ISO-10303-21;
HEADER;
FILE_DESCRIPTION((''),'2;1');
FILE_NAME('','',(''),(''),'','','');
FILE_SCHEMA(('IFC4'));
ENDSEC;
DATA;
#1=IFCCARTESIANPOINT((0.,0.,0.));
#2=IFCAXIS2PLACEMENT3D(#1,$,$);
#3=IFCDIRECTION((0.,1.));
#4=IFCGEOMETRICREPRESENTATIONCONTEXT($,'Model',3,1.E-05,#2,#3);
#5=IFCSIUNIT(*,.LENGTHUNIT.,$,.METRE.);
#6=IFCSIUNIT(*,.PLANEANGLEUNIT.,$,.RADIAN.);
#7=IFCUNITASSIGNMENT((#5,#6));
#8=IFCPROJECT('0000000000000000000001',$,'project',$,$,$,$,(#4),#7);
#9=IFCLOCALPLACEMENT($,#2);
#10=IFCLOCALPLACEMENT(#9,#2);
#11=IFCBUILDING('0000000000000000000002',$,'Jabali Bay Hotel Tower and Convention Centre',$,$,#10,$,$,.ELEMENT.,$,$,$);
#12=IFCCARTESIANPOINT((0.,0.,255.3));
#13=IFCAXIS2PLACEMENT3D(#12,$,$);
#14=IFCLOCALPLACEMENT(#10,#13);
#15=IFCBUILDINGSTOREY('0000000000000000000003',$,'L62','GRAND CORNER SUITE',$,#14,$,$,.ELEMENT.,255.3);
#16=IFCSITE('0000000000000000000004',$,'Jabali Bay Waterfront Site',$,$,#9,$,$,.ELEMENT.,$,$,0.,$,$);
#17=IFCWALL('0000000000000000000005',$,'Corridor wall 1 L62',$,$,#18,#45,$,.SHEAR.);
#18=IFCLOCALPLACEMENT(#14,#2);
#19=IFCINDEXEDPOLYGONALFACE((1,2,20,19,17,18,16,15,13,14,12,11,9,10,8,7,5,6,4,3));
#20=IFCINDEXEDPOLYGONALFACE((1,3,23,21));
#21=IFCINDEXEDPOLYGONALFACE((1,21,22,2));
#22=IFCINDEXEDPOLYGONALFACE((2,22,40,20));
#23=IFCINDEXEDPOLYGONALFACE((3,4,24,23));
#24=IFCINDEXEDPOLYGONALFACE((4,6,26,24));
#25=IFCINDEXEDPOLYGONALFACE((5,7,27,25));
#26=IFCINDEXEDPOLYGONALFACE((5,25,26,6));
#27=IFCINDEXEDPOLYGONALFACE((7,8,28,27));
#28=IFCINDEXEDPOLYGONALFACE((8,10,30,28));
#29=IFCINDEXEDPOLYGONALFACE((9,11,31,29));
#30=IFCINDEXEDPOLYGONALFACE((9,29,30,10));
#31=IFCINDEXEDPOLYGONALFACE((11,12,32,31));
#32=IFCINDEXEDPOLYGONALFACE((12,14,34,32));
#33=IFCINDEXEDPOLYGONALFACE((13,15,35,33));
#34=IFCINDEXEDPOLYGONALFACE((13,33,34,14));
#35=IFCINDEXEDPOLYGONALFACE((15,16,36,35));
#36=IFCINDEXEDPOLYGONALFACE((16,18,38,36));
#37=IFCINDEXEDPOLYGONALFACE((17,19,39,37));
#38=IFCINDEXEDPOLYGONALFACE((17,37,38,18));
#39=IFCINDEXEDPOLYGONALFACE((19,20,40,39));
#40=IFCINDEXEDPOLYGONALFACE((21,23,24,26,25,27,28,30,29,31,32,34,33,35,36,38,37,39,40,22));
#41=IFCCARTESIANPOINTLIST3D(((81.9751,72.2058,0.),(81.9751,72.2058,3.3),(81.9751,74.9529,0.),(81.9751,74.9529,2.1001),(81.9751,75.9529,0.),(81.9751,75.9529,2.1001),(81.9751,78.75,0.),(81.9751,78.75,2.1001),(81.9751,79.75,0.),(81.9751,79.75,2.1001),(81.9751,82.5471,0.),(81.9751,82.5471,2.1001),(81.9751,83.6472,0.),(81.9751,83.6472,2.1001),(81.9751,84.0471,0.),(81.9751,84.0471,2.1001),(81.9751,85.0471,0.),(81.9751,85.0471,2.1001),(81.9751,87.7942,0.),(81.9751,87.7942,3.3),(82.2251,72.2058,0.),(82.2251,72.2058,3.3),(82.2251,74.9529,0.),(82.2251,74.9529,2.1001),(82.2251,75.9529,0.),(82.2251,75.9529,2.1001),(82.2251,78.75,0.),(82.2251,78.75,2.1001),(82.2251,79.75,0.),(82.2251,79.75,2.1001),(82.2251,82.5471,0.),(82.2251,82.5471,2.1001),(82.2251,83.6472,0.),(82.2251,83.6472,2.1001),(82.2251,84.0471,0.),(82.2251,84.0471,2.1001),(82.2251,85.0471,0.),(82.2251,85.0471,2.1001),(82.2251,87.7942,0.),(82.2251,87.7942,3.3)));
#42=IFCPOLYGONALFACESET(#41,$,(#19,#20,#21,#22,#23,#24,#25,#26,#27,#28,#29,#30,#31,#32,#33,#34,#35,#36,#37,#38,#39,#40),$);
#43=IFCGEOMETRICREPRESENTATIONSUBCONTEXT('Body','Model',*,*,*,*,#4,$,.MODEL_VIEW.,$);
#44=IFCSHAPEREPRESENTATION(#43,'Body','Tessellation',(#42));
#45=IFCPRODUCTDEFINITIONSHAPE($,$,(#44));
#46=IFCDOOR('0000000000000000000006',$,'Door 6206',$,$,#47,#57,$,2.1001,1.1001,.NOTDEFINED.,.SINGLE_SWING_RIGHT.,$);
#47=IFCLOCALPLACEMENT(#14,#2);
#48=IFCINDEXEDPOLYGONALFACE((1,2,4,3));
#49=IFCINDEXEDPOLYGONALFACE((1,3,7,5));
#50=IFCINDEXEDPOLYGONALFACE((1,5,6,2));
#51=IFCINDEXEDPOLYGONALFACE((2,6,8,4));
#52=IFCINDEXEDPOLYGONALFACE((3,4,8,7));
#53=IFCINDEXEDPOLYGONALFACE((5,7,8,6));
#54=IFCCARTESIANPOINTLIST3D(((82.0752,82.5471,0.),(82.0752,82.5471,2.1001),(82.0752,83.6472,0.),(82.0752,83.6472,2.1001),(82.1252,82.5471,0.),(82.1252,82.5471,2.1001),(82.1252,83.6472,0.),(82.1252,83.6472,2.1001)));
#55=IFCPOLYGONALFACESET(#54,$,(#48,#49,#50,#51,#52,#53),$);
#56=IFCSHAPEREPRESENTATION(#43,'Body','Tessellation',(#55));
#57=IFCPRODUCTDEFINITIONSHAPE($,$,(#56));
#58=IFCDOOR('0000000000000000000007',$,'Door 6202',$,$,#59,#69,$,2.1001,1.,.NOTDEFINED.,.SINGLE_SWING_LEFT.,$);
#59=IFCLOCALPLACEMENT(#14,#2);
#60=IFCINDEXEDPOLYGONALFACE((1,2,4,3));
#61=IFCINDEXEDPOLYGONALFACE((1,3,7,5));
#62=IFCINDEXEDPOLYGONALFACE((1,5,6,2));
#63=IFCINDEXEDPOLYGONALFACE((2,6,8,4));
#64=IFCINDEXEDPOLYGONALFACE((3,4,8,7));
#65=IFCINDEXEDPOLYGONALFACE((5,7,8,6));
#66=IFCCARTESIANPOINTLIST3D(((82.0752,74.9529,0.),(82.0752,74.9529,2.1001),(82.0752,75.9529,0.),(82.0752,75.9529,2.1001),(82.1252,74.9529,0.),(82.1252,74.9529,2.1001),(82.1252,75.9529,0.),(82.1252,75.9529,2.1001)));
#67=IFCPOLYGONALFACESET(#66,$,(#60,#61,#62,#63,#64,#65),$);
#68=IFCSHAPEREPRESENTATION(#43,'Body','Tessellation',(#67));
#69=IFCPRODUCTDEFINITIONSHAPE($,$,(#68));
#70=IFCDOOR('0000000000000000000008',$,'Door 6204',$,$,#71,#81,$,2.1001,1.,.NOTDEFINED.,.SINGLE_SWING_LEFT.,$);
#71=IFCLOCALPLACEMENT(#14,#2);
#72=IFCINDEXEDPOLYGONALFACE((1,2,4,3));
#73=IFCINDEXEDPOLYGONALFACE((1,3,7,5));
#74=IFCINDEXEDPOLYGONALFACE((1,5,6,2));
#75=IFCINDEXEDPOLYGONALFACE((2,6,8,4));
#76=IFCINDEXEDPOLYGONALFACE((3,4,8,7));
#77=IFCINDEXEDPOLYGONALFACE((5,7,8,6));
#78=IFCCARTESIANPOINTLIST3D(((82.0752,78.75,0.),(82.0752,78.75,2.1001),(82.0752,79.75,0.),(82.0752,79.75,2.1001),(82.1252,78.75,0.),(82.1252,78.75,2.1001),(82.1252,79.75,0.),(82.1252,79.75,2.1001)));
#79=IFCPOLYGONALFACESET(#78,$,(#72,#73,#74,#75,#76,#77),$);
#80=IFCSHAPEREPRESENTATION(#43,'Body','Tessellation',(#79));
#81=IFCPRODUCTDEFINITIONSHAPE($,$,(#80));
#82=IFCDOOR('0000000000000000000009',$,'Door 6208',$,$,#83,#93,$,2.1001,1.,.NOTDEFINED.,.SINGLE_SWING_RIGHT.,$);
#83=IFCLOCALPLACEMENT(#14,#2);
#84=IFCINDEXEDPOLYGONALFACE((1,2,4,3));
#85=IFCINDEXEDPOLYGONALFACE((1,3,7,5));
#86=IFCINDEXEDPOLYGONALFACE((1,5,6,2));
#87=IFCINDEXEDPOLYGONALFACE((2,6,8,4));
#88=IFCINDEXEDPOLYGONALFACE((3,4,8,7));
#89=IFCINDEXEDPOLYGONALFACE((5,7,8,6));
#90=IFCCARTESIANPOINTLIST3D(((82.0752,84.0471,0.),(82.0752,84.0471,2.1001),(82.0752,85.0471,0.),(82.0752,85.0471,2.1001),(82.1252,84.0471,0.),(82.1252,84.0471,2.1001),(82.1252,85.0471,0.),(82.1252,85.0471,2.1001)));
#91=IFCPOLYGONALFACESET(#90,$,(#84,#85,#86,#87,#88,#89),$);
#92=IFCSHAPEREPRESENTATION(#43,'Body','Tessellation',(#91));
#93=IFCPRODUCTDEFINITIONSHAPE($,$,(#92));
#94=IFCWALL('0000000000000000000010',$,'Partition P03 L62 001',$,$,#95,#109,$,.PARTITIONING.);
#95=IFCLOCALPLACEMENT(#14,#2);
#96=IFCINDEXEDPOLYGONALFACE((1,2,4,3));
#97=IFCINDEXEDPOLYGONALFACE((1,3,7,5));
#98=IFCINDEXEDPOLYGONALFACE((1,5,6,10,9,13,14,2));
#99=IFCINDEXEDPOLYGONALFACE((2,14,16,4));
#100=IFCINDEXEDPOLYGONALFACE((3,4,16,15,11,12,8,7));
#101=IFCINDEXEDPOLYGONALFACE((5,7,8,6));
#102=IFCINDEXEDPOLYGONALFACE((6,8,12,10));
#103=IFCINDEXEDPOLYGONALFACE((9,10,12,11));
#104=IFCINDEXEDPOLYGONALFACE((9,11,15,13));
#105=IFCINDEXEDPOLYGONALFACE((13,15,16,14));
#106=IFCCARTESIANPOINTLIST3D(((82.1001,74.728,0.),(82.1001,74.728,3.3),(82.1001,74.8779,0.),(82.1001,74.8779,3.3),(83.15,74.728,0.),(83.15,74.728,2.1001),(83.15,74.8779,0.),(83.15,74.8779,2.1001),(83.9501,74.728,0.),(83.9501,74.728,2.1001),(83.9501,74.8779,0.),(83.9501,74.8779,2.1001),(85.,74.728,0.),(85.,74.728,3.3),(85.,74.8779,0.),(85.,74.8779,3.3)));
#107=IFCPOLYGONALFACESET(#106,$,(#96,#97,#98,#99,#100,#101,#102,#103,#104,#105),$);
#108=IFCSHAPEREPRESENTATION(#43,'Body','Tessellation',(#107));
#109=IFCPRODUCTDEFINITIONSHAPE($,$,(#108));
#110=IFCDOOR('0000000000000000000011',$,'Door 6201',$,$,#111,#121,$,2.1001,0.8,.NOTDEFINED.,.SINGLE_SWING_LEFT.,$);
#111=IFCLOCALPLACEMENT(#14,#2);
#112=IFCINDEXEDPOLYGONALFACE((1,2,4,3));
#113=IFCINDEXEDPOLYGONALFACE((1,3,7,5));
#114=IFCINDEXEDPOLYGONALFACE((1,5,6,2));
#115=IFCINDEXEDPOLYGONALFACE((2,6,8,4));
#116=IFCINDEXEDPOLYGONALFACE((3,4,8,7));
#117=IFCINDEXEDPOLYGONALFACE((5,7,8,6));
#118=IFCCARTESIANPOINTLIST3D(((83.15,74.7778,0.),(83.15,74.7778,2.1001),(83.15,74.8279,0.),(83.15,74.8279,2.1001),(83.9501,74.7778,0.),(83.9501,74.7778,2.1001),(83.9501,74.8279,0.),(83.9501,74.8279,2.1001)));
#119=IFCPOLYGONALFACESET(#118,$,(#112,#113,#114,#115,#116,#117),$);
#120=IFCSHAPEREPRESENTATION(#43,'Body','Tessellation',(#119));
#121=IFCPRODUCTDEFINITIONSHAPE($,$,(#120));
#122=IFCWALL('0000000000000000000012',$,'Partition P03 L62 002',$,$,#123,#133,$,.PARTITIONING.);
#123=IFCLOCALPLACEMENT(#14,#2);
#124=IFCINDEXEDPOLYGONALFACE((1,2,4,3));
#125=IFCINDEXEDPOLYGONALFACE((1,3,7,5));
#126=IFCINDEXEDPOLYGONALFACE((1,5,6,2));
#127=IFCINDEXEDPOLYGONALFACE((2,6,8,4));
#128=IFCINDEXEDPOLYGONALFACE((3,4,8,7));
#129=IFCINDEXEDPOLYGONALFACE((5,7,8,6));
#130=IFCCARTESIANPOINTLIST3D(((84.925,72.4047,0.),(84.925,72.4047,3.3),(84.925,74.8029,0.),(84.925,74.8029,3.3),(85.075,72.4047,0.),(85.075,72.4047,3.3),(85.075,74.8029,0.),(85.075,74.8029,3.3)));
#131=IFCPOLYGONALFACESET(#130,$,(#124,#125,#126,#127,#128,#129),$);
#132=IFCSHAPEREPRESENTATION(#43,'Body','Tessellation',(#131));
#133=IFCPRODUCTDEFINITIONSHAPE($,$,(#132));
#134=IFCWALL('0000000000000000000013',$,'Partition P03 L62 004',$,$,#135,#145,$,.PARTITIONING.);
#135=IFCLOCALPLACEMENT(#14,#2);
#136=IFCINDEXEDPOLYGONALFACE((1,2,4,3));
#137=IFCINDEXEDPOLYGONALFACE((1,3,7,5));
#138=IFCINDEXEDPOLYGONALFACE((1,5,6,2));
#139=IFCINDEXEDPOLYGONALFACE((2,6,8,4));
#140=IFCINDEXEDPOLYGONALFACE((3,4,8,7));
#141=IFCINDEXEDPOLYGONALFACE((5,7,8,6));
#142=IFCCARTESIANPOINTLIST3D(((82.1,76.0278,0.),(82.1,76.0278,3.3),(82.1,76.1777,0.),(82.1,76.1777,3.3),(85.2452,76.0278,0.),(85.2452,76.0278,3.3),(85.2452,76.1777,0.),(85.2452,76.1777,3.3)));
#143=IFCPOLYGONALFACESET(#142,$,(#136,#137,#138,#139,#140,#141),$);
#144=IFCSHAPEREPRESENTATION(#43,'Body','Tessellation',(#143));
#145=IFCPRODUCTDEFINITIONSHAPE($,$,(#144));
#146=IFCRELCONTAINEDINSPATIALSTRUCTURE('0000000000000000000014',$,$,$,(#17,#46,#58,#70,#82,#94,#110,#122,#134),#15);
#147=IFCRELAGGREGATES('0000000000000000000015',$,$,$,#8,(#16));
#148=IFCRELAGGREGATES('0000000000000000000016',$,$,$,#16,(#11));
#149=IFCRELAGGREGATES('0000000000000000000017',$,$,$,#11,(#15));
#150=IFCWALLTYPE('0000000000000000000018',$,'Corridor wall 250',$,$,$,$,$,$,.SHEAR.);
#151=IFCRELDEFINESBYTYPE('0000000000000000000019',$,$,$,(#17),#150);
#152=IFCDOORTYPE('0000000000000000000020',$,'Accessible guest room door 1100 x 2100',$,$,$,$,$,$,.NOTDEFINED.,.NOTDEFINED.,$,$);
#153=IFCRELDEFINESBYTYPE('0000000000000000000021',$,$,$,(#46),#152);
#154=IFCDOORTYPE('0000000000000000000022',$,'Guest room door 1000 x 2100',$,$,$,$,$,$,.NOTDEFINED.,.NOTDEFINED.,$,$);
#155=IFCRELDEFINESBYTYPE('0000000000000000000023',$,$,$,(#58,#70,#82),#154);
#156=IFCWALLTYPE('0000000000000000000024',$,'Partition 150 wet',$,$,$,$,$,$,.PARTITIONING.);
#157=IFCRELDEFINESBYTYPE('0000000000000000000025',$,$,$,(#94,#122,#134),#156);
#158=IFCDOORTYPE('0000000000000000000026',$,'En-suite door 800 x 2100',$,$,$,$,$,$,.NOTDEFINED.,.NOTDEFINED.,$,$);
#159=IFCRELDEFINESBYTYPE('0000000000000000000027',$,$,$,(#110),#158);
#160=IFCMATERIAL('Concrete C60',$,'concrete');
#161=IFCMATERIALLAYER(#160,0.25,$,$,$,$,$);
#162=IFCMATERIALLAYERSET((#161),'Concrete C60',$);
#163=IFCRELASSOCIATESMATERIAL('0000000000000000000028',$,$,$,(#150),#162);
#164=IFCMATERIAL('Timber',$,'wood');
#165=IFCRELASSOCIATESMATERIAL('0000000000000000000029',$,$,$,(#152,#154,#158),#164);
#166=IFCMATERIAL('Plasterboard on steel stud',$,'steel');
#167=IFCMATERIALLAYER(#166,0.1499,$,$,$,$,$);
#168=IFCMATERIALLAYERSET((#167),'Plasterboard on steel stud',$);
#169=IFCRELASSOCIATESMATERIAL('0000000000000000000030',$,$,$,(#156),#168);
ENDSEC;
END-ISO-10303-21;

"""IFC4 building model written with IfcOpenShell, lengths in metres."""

from ifc_helpers import new_model, si_unit, direction, frame, frame_2d, origin, place, context, subcontext, project, spatial, rectangle, extrude, material, layer, layer_set, type_object, element, fill, save


model = new_model("IFC4")

# Units and contexts
model_context = context("Model", 3, precision=1e-05, world=origin(), true_north=direction((0.0, 1.0)))
body_context = subcontext(model_context, "Body", "Model", "MODEL_VIEW")
ifc_project = project(units=[si_unit("LENGTHUNIT", "METRE"), si_unit("PLANEANGLEUNIT", "RADIAN")], contexts=[model_context])

# Site, building, storey
site_placement = place(None, origin())
site = spatial("IfcSite", under=ifc_project, at=site_placement, Name="Jabali Bay Waterfront Site", CompositionType="ELEMENT", RefElevation=0.0)
building_placement = place(site_placement, origin())
building = spatial("IfcBuilding", under=site, at=building_placement, Name="Jabali Bay Hotel Tower and Convention Centre", CompositionType="ELEMENT")
storey_placement = place(building_placement, frame((0.0, 0.0, 255.3)))
storey = spatial("IfcBuildingStorey", under=building, at=storey_placement, Name="L62", Description="GRAND CORNER SUITE", CompositionType="ELEMENT", Elevation=255.3)

# Shared definitions
ifc_material_1 = material(Name="Concrete C60", Category="concrete")

# Wall, openings, doors
ifc_layer_1 = layer(ifc_material_1, 0.25)
ifc_layer_set_1 = layer_set([ifc_layer_1], Name="Concrete C60")
wall_type_1 = type_object("IfcWallType", Name="Corridor wall 250", PredefinedType="SHEAR", material=ifc_layer_set_1)
wall_1_placement = place(storey_placement, frame((82.1001, 72.2058, 0.0), z_axis=(0.0, 0.0, 1.0), x_axis=(0.0, 1.0, 0.0)))
wall_1 = element("IfcWall", 1, at=wall_1_placement, inside=storey, type_object=wall_type_1, Name="Corridor wall 1 L62", PredefinedType="SHEAR", context=body_context, shape_type="SweptSolid", body=[
    extrude(rectangle(XDim=15.5884, YDim=0.25, at=frame_2d((7.7942, 0.0))), origin(), (0.0, 0.0, 1.0), 3.3),
])
opening_1_placement = place(wall_1_placement, frame((2.7471, 0.0, 0.0)))
opening_1 = element("IfcOpeningElement", 2, at=opening_1_placement, cuts=wall_1, PredefinedType="OPENING", context=body_context, shape_type="SweptSolid", body=[
    extrude(rectangle(XDim=1.0, YDim=2.1001, at=frame_2d((0.5, 1.05))), frame((0.0, 0.1355, 0.0), z_axis=(0.0, -1.0, 0.0), x_axis=(1.0, 0.0, 0.0)), (0.0, 0.0, 1.0), 0.271),
])
opening_2_placement = place(wall_1_placement, frame((6.5442, 0.0, 0.0)))
opening_2 = element("IfcOpeningElement", 3, at=opening_2_placement, cuts=wall_1, PredefinedType="OPENING", context=body_context, shape_type="SweptSolid", body=[
    extrude(rectangle(XDim=1.0, YDim=2.1001, at=frame_2d((0.5, 1.05))), frame((0.0, 0.1355, 0.0), z_axis=(0.0, -1.0, 0.0), x_axis=(1.0, 0.0, 0.0)), (0.0, 0.0, 1.0), 0.271),
])
opening_3_placement = place(wall_1_placement, frame((10.3413, 0.0, 0.0)))
opening_3 = element("IfcOpeningElement", 4, at=opening_3_placement, cuts=wall_1, PredefinedType="OPENING", context=body_context, shape_type="SweptSolid", body=[
    extrude(rectangle(XDim=1.1001, YDim=2.1001, at=frame_2d((0.55, 1.05))), frame((0.0, 0.1355, 0.0), z_axis=(0.0, -1.0, 0.0), x_axis=(1.0, 0.0, 0.0)), (0.0, 0.0, 1.0), 0.271),
])
opening_4_placement = place(wall_1_placement, frame((11.8413, 0.0, 0.0)))
opening_4 = element("IfcOpeningElement", 5, at=opening_4_placement, cuts=wall_1, PredefinedType="OPENING", context=body_context, shape_type="SweptSolid", body=[
    extrude(rectangle(XDim=1.0, YDim=2.1001, at=frame_2d((0.5, 1.05))), frame((0.0, 0.1355, 0.0), z_axis=(0.0, -1.0, 0.0), x_axis=(1.0, 0.0, 0.0)), (0.0, 0.0, 1.0), 0.271),
])
ifc_material_2 = material(Name="Timber", Category="wood")
door_type_1 = type_object("IfcDoorType", Name="Accessible guest room door 1100 x 2100", OperationType="NOTDEFINED", PredefinedType="NOTDEFINED", material=ifc_material_2)
door_1_placement = place(opening_3_placement, origin())
door_1 = element("IfcDoor", 6, at=door_1_placement, inside=storey, type_object=door_type_1, Name="Door 6206", OperationType="SINGLE_SWING_RIGHT", OverallHeight=2.1001, OverallWidth=1.1001, PredefinedType="NOTDEFINED", context=body_context, shape_type="SweptSolid", body=[
    extrude(rectangle(XDim=1.1001, YDim=2.1001, at=frame_2d((0.55, 1.05))), frame((0.0, 0.0249, 0.0), z_axis=(0.0, -1.0, 0.0), x_axis=(1.0, 0.0, 0.0)), (0.0, 0.0, 1.0), 0.05),
])
fill(opening_3, door_1)
door_type_2 = type_object("IfcDoorType", Name="Guest room door 1000 x 2100", OperationType="NOTDEFINED", PredefinedType="NOTDEFINED", material=ifc_material_2)
door_2_placement = place(opening_1_placement, origin())
door_2 = element("IfcDoor", 7, at=door_2_placement, inside=storey, type_object=door_type_2, Name="Door 6202", OperationType="SINGLE_SWING_LEFT", OverallHeight=2.1001, OverallWidth=1.0, PredefinedType="NOTDEFINED", context=body_context, shape_type="SweptSolid", body=[
    extrude(rectangle(XDim=1.0, YDim=2.1001, at=frame_2d((0.5, 1.05))), frame((0.0, 0.0249, 0.0), z_axis=(0.0, -1.0, 0.0), x_axis=(1.0, 0.0, 0.0)), (0.0, 0.0, 1.0), 0.05),
])
fill(opening_1, door_2)
door_3_placement = place(opening_2_placement, origin())
door_3 = element("IfcDoor", 8, at=door_3_placement, inside=storey, type_object=door_type_2, Name="Door 6204", OperationType="SINGLE_SWING_LEFT", OverallHeight=2.1001, OverallWidth=1.0, PredefinedType="NOTDEFINED", context=body_context, shape_type="SweptSolid", body=[
    extrude(rectangle(XDim=1.0, YDim=2.1001, at=frame_2d((0.5, 1.05))), frame((0.0, 0.0249, 0.0), z_axis=(0.0, -1.0, 0.0), x_axis=(1.0, 0.0, 0.0)), (0.0, 0.0, 1.0), 0.05),
])
fill(opening_2, door_3)
door_4_placement = place(opening_4_placement, origin())
door_4 = element("IfcDoor", 9, at=door_4_placement, inside=storey, type_object=door_type_2, Name="Door 6208", OperationType="SINGLE_SWING_RIGHT", OverallHeight=2.1001, OverallWidth=1.0, PredefinedType="NOTDEFINED", context=body_context, shape_type="SweptSolid", body=[
    extrude(rectangle(XDim=1.0, YDim=2.1001, at=frame_2d((0.5, 1.05))), frame((0.0, 0.0249, 0.0), z_axis=(0.0, -1.0, 0.0), x_axis=(1.0, 0.0, 0.0)), (0.0, 0.0, 1.0), 0.05),
])
fill(opening_4, door_4)

# Wall, opening, door
ifc_material_3 = material(Name="Plasterboard on steel stud", Category="steel")
ifc_layer_2 = layer(ifc_material_3, 0.1499)
ifc_layer_set_2 = layer_set([ifc_layer_2], Name="Plasterboard on steel stud")
wall_type_2 = type_object("IfcWallType", Name="Partition 150 wet", PredefinedType="PARTITIONING", material=ifc_layer_set_2)
wall_2_placement = place(storey_placement, frame((82.1001, 74.803, 0.0), z_axis=(0.0, 0.0, 1.0), x_axis=(1.0, 0.0, 0.0)))
wall_2 = element("IfcWall", 10, at=wall_2_placement, inside=storey, type_object=wall_type_2, Name="Partition P03 L62 001", PredefinedType="PARTITIONING", context=body_context, shape_type="SweptSolid", body=[
    extrude(rectangle(XDim=2.8999, YDim=0.1499, at=frame_2d((1.45, 0.0))), origin(), (0.0, 0.0, 1.0), 3.3),
])
opening_5_placement = place(wall_2_placement, frame((1.05, 0.0, 0.0)))
opening_5 = element("IfcOpeningElement", 11, at=opening_5_placement, cuts=wall_2, PredefinedType="OPENING", context=body_context, shape_type="SweptSolid", body=[
    extrude(rectangle(XDim=0.8, YDim=2.1001, at=frame_2d((0.3999, 1.05))), frame((0.0, 0.0854, 0.0), z_axis=(0.0, -1.0, 0.0), x_axis=(1.0, 0.0, 0.0)), (0.0, 0.0, 1.0), 0.1709),
])
door_type_3 = type_object("IfcDoorType", Name="En-suite door 800 x 2100", OperationType="NOTDEFINED", PredefinedType="NOTDEFINED", material=ifc_material_2)
door_5_placement = place(opening_5_placement, origin())
door_5 = element("IfcDoor", 12, at=door_5_placement, inside=storey, type_object=door_type_3, Name="Door 6201", OperationType="SINGLE_SWING_LEFT", OverallHeight=2.1001, OverallWidth=0.8, PredefinedType="NOTDEFINED", context=body_context, shape_type="SweptSolid", body=[
    extrude(rectangle(XDim=0.8, YDim=2.1001, at=frame_2d((0.3999, 1.05))), frame((0.0, 0.0249, 0.0), z_axis=(0.0, -1.0, 0.0), x_axis=(1.0, 0.0, 0.0)), (0.0, 0.0, 1.0), 0.05),
])
fill(opening_5, door_5)

# Walls
wall_3_placement = place(storey_placement, frame((85.0, 74.803, 0.0), z_axis=(0.0, 0.0, 1.0), x_axis=(0.0, -1.0, 0.0)))
element("IfcWall", 13, at=wall_3_placement, inside=storey, type_object=wall_type_2, Name="Partition P03 L62 002", PredefinedType="PARTITIONING", context=body_context, shape_type="SweptSolid", body=[
    extrude(rectangle(XDim=2.3982, YDim=0.1499, at=frame_2d((1.1992, 0.0))), origin(), (0.0, 0.0, 1.0), 3.3),
])
wall_4_placement = place(storey_placement, frame((85.2454, 76.1028, 0.0), z_axis=(0.0, 0.0, 1.0), x_axis=(-1.0, 0.0, 0.0)))
element("IfcWall", 14, at=wall_4_placement, inside=storey, type_object=wall_type_2, Name="Partition P03 L62 004", PredefinedType="PARTITIONING", context=body_context, shape_type="SweptSolid", body=[
    extrude(rectangle(XDim=3.1453, YDim=0.1499, at=frame_2d((1.5728, 0.0))), origin(), (0.0, 0.0, 1.0), 3.3),
])

save(model, "model.ifc")
